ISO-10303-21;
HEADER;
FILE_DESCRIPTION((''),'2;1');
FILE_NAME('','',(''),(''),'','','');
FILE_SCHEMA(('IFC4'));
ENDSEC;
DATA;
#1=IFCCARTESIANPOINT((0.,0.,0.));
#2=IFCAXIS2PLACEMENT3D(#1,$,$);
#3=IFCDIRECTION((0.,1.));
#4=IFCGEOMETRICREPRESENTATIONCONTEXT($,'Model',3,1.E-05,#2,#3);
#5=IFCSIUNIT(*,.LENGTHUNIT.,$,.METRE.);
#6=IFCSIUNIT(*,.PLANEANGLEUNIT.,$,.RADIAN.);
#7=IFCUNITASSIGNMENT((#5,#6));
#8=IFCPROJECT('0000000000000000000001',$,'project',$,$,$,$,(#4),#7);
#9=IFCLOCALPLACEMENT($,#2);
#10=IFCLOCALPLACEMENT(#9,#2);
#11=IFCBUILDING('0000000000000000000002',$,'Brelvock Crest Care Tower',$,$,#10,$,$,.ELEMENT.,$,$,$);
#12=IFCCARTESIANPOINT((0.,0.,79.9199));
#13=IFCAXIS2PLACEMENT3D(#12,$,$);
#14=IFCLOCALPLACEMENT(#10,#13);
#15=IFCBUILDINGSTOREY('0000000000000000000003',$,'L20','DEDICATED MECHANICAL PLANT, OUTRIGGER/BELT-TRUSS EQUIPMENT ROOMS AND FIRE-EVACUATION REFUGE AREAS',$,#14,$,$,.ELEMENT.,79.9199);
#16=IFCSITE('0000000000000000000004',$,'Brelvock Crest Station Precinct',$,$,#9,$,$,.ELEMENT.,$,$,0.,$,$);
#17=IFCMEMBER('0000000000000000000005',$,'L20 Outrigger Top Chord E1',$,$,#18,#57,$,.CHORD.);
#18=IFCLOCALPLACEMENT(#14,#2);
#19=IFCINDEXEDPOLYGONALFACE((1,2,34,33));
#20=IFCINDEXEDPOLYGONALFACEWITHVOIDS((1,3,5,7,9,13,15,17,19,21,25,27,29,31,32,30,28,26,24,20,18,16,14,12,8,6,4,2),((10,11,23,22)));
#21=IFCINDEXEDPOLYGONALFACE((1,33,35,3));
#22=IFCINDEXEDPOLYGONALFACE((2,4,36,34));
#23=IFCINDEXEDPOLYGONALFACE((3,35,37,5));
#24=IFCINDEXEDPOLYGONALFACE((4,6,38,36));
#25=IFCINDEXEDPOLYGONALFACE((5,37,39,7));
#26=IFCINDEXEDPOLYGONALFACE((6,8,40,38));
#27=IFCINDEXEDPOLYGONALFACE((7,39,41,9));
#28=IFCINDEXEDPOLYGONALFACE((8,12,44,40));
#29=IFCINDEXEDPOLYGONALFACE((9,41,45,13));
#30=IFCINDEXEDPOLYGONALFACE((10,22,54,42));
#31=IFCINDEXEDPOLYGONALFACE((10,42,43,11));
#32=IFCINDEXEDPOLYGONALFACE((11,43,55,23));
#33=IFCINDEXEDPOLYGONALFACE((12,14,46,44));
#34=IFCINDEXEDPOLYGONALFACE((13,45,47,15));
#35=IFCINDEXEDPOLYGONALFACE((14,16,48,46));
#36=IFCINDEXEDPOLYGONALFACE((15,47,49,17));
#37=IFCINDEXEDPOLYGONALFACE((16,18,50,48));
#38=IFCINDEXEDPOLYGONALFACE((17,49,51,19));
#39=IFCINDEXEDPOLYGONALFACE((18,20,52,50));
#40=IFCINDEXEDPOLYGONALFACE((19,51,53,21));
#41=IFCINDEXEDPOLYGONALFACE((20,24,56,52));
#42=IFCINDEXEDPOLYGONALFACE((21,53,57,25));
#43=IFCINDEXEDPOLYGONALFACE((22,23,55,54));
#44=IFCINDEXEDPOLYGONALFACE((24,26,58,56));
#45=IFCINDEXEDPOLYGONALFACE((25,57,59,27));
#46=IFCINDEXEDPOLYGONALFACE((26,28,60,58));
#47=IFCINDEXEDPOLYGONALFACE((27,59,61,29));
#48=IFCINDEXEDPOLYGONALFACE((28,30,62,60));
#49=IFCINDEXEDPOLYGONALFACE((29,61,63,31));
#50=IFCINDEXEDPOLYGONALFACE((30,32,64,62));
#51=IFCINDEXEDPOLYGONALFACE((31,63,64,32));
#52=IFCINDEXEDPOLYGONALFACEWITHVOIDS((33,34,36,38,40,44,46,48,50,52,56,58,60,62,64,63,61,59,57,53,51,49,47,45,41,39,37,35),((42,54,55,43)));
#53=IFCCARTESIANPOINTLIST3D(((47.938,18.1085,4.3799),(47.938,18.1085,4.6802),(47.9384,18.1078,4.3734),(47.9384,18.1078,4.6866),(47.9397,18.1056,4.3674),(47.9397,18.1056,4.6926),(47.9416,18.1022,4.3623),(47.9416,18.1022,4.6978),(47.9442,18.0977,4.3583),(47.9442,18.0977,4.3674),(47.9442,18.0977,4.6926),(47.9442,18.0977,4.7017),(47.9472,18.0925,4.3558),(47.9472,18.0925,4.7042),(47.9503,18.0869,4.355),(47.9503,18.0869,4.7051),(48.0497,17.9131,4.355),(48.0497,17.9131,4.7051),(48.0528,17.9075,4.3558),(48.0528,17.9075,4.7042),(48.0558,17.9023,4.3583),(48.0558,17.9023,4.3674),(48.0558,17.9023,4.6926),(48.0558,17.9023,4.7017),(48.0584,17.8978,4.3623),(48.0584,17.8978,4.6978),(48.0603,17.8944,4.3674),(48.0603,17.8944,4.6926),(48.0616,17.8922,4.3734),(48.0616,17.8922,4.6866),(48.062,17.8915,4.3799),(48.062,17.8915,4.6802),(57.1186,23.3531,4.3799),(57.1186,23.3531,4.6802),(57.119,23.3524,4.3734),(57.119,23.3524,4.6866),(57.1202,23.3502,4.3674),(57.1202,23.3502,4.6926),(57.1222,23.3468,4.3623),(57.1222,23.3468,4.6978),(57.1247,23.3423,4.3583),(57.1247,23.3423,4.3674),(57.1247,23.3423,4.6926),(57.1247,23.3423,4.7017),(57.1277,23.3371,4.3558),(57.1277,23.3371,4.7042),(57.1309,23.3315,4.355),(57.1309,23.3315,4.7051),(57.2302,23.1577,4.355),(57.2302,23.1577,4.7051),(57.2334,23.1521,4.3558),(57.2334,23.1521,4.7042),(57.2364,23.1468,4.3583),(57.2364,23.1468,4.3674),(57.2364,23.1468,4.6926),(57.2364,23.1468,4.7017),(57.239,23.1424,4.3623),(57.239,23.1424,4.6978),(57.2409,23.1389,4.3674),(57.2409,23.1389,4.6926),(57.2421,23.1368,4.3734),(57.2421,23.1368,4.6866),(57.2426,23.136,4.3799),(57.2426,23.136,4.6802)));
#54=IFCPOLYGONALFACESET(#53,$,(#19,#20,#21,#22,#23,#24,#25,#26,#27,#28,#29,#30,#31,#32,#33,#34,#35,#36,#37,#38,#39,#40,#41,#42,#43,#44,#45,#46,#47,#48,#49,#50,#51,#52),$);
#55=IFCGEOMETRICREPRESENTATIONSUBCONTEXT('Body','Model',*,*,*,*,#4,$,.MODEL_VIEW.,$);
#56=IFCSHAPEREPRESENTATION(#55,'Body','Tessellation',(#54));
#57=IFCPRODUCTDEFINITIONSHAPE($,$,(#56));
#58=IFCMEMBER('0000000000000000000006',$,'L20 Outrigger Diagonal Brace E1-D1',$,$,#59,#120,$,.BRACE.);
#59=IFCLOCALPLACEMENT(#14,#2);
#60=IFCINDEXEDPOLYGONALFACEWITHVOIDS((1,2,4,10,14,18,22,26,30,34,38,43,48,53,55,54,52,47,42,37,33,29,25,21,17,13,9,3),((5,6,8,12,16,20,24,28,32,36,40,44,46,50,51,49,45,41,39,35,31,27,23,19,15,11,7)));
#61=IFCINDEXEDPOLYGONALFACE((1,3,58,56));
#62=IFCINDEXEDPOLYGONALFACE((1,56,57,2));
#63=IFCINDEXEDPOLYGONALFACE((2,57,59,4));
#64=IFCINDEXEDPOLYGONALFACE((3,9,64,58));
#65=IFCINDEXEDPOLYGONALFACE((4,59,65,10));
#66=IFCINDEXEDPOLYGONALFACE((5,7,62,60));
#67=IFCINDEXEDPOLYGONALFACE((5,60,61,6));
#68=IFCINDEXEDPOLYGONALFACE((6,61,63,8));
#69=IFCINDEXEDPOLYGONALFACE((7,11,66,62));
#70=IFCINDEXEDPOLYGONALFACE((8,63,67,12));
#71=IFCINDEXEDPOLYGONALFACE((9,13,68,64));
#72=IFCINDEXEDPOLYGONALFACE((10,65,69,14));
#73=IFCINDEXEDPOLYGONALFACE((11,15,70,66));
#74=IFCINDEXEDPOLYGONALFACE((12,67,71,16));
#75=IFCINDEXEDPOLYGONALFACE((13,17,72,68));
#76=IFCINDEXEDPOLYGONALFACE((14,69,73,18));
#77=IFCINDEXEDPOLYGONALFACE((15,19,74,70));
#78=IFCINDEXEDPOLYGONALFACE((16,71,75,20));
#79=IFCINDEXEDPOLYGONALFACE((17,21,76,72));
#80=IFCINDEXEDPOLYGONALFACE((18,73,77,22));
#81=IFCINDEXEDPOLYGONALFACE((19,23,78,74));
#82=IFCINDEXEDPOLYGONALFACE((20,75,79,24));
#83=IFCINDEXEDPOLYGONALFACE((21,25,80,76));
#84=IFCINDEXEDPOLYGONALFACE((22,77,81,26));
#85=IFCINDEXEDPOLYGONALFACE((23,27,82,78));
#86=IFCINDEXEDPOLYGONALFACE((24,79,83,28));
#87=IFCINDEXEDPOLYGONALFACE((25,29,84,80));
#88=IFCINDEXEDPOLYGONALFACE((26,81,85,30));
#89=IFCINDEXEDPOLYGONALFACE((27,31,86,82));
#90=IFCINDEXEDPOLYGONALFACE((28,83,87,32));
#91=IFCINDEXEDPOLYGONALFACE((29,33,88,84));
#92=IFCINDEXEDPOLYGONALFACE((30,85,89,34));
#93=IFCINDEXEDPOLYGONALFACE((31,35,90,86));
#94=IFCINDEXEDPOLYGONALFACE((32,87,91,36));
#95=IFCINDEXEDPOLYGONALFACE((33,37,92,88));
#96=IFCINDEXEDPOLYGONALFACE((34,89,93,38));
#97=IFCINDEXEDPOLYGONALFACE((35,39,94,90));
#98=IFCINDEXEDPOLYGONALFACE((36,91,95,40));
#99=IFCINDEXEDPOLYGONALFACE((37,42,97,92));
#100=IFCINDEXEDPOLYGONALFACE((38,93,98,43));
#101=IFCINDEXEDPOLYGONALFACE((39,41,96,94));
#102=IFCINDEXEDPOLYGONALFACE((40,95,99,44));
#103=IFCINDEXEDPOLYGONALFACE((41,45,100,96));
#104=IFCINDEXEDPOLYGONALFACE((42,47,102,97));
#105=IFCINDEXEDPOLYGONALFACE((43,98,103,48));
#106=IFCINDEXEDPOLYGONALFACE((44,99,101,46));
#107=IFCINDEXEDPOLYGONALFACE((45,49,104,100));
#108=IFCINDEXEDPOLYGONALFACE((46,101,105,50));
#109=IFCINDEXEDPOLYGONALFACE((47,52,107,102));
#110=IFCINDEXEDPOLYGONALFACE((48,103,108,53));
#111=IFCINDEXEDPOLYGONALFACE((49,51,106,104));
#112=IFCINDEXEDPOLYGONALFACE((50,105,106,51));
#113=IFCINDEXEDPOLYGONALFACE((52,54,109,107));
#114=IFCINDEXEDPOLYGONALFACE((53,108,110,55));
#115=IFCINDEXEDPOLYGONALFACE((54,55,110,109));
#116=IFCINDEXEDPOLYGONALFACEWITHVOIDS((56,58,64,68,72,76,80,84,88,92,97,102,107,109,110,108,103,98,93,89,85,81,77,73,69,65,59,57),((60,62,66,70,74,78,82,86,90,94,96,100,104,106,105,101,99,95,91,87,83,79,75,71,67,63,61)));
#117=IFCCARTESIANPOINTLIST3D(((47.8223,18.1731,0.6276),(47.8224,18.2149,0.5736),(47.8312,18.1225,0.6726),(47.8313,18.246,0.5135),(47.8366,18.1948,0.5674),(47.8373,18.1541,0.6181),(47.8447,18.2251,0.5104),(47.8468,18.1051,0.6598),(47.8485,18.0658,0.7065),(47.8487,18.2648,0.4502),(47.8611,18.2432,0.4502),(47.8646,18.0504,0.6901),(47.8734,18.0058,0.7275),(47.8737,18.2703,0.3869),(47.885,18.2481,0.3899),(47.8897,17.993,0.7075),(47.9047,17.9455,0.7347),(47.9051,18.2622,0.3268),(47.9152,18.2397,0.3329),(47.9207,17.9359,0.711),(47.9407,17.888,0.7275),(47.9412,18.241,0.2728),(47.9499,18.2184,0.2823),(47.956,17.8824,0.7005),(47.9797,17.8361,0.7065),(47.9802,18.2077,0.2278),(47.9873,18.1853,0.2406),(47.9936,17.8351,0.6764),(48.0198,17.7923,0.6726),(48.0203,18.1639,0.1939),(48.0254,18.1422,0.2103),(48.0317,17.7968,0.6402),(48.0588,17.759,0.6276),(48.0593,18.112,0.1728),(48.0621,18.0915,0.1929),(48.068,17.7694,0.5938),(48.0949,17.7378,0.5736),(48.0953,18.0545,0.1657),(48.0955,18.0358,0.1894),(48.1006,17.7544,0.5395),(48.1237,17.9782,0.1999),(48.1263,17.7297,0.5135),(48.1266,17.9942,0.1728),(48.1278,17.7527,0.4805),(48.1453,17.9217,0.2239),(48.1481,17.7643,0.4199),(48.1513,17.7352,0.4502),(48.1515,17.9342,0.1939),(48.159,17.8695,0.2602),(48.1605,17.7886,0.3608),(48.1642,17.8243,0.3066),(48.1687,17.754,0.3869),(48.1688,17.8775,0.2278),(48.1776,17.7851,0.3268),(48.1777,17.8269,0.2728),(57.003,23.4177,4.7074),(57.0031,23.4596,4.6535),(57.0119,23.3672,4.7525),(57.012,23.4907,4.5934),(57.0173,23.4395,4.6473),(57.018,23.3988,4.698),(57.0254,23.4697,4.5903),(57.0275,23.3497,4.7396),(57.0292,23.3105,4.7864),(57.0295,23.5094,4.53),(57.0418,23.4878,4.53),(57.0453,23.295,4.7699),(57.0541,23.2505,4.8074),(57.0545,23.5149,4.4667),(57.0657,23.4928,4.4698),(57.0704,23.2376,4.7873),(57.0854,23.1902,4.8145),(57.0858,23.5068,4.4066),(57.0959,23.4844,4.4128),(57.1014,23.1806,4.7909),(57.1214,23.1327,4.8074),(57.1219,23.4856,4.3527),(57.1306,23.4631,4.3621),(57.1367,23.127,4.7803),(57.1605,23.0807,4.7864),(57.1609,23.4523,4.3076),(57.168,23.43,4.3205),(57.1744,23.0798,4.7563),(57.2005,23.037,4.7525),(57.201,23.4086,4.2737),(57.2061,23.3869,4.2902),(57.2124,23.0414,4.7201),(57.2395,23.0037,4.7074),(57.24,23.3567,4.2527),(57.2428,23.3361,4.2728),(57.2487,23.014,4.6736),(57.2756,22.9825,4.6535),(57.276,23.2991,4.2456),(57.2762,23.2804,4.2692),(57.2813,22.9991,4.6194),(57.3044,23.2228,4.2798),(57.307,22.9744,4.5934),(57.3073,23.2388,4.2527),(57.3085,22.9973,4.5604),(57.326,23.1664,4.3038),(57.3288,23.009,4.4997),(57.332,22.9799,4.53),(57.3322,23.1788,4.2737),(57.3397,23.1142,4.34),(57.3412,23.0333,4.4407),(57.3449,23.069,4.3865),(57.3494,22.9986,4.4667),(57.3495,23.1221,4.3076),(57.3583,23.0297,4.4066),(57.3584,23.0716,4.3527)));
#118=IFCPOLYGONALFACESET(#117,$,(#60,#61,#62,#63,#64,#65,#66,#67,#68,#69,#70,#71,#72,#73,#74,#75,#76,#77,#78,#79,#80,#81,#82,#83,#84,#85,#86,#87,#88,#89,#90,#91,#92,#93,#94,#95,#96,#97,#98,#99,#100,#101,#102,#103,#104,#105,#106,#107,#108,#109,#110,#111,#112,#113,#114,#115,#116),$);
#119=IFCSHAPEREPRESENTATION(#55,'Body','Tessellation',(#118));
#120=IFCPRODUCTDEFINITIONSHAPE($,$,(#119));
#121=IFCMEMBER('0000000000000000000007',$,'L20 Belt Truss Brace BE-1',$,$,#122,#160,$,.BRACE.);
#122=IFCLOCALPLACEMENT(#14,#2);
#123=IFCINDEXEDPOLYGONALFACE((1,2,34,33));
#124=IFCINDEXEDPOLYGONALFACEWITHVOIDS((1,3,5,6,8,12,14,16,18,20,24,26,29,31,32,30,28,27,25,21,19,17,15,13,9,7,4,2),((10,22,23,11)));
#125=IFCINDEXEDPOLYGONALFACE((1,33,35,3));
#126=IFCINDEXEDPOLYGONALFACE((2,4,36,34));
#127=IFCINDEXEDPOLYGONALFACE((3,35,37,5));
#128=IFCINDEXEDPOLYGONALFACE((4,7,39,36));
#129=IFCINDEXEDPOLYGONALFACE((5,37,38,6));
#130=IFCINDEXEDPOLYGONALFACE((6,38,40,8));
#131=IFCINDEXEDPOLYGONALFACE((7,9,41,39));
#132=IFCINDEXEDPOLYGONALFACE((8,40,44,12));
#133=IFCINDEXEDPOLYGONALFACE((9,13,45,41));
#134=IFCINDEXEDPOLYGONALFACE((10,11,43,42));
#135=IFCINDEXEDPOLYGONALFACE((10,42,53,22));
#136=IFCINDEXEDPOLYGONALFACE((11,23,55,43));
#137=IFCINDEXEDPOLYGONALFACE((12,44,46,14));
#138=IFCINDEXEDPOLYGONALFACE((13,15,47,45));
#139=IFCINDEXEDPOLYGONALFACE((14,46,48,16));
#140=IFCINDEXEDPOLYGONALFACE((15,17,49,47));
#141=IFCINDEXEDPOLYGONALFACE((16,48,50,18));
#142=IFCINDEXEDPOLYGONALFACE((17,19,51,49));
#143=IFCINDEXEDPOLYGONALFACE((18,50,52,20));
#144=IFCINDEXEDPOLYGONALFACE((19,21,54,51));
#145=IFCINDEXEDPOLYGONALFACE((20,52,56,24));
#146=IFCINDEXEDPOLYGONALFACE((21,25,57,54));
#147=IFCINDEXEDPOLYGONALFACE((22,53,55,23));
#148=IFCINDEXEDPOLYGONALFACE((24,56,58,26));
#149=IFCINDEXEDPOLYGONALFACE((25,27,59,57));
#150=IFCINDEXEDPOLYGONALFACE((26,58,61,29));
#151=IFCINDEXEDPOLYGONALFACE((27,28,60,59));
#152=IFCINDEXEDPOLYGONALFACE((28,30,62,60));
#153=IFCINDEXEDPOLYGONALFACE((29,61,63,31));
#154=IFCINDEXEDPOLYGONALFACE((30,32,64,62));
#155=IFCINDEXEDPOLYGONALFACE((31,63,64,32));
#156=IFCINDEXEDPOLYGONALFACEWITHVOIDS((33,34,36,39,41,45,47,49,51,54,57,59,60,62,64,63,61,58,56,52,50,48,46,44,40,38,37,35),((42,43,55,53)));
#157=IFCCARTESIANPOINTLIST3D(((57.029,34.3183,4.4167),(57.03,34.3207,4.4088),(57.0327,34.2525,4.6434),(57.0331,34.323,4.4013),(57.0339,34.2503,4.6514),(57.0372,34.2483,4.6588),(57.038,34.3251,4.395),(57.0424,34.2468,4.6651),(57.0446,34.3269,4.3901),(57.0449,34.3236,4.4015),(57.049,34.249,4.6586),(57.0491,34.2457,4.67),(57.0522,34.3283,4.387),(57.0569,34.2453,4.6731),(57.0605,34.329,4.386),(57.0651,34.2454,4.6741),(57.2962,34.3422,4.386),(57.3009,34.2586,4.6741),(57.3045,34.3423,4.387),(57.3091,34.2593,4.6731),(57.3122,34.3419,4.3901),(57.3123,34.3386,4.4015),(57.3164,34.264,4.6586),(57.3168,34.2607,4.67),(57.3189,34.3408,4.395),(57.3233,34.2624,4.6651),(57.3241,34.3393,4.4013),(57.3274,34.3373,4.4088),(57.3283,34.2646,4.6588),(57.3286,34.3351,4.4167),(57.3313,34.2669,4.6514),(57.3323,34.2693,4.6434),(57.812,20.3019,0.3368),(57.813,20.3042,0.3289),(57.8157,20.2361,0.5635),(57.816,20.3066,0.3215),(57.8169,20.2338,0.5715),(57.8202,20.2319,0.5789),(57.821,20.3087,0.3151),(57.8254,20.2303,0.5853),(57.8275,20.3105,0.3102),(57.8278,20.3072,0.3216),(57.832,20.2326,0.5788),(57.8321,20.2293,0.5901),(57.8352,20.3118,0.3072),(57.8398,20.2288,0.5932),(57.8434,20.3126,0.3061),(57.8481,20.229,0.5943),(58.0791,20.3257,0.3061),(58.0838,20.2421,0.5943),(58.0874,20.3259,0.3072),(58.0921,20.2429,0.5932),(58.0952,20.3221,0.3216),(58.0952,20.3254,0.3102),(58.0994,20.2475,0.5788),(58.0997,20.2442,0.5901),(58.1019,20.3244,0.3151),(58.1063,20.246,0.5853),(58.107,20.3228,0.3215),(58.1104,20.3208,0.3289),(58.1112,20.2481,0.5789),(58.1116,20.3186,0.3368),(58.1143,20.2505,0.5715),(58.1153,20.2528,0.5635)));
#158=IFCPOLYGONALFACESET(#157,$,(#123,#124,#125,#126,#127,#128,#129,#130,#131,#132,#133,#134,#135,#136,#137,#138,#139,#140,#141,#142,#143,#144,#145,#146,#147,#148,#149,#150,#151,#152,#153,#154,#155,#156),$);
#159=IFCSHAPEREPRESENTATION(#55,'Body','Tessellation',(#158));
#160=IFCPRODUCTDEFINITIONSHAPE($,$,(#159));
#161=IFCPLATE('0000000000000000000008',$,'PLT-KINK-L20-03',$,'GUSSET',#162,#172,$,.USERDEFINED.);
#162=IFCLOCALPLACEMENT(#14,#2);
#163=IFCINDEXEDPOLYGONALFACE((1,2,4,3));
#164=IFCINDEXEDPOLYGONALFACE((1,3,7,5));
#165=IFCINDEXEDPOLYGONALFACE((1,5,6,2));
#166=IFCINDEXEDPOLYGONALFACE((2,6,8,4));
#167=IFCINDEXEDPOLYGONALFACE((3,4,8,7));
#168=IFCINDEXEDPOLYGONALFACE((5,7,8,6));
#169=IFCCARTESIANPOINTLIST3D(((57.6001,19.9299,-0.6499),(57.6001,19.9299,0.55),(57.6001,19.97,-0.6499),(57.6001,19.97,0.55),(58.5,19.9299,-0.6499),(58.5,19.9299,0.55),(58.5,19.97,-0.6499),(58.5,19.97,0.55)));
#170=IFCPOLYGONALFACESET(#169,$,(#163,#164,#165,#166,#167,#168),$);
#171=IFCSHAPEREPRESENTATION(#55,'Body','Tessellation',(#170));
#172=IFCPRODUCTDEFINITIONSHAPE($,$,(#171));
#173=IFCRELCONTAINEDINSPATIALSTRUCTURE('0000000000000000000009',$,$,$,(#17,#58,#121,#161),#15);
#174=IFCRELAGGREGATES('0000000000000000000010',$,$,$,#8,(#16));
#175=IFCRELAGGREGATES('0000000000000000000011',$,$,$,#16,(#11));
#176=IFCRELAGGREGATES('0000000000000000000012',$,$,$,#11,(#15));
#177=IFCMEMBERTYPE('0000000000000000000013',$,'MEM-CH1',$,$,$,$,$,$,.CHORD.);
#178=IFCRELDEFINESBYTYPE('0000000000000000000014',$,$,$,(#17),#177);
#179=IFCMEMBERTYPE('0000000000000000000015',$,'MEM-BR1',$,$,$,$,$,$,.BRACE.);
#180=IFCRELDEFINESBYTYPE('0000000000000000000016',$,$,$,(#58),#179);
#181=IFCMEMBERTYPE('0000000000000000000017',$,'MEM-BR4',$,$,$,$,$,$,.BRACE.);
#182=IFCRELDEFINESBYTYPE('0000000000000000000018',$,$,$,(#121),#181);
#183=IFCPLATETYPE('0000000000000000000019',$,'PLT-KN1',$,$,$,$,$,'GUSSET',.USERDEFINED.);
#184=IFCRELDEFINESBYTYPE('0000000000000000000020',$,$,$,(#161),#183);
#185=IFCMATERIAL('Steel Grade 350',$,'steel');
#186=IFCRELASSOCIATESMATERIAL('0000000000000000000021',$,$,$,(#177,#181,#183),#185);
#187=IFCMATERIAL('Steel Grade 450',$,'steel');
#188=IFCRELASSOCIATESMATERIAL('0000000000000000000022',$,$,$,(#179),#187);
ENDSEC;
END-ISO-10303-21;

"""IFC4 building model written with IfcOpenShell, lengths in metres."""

from ifc_helpers import new_model, si_unit, direction, frame, origin, origin_2d, place, context, subcontext, project, spatial, rectangle, hollow_rectangle, hollow_circle, extrude, source, transform, mapped, material, material_profile, profile_set, type_object, element, save


model = new_model("IFC4")

# Units and contexts
model_context = context("Model", 3, precision=1e-05, world=origin(), true_north=direction((0.0, 1.0)))
body_context = subcontext(model_context, "Body", "Model", "MODEL_VIEW")
ifc_project = project(units=[si_unit("LENGTHUNIT", "METRE"), si_unit("PLANEANGLEUNIT", "RADIAN")], contexts=[model_context])

# Site, building, storey
site_placement = place(None, origin())
site = spatial("IfcSite", under=ifc_project, at=site_placement, Name="Brelvock Crest Station Precinct", CompositionType="ELEMENT", RefElevation=0.0)
building_placement = place(site_placement, origin())
building = spatial("IfcBuilding", under=site, at=building_placement, Name="Brelvock Crest Care Tower", CompositionType="ELEMENT")
storey_placement = place(building_placement, frame((0.0, 0.0, 79.9199)))
storey = spatial("IfcBuildingStorey", under=building, at=storey_placement, Name="L20", Description="DEDICATED MECHANICAL PLANT, OUTRIGGER/BELT-TRUSS EQUIPMENT ROOMS AND FIRE-EVACUATION REFUGE AREAS", CompositionType="ELEMENT", Elevation=79.9199)

# Shared definitions
ifc_material_1 = material(Name="Steel Grade 350", Category="steel")

# Members
ifc_material_profile_1 = material_profile(ifc_material_1, hollow_rectangle(XDim=0.25, YDim=0.3501, WallThickness=0.0125, OuterFilletRadius=0.0249, at=origin_2d()), Name="RHS350x250x12.5")
ifc_profile_set_1 = profile_set([ifc_material_profile_1], Name="Steel Grade 350")
member_type_1 = type_object("IfcMemberType", Name="MEM-CH1", PredefinedType="CHORD", material=ifc_profile_set_1)
shared_shape_1 = source(origin(), body_context, "Body", "SweptSolid", [
    extrude(hollow_rectangle(XDim=0.25, YDim=0.3501, WallThickness=0.0125, OuterFilletRadius=0.0249, at=origin_2d()), origin(), (0.0, 0.0, 1.0), 10.573),
])
member_1_placement = place(storey_placement, frame((48.0, 18.0, 4.53), z_axis=(0.868303, 0.496034, 0.0), x_axis=(-0.496034, 0.868303, 0.0)))
element("IfcMember", 1, at=member_1_placement, inside=storey, type_object=member_type_1, Name="L20 Outrigger Top Chord E1", PredefinedType="CHORD", context=body_context, shape_type="MappedRepresentation", body=[
    mapped(shared_shape_1, transform((0.0, 0.0, 0.0), x_axis=(1.0, 0.0, 0.0), y_axis=(0.0, 1.0, 0.0), z_axis=(0.0, 0.0, 1.0), scale=1.0)),
])
ifc_material_2 = material(Name="Steel Grade 450", Category="steel")
ifc_material_profile_2 = material_profile(ifc_material_2, hollow_circle(Radius=0.3049, WallThickness=0.0249, at=origin_2d()), Name="CHS610x25.0")
ifc_profile_set_2 = profile_set([ifc_material_profile_2], Name="Steel Grade 450")
member_type_2 = type_object("IfcMemberType", Name="MEM-BR1", PredefinedType="BRACE", material=ifc_profile_set_2)
shared_shape_2 = source(origin(), body_context, "Body", "SweptSolid", [
    extrude(hollow_circle(Radius=0.3049, WallThickness=0.0249, at=origin_2d()), origin(), (0.0, 0.0, 1.0), 11.333),
])
member_2_placement = place(storey_placement, frame((48.0, 18.0, 0.4502), z_axis=(0.810086, 0.462777, 0.359998), x_axis=(-0.496034, 0.868303, 0.0)))
element("IfcMember", 2, at=member_2_placement, inside=storey, type_object=member_type_2, Name="L20 Outrigger Diagonal Brace E1-D1", PredefinedType="BRACE", context=body_context, shape_type="MappedRepresentation", body=[
    mapped(shared_shape_2, transform((0.0, 0.0, 0.0), x_axis=(1.0, 0.0, 0.0), y_axis=(0.0, 1.0, 0.0), z_axis=(0.0, 0.0, 1.0), scale=1.0)),
])
ifc_material_profile_3 = material_profile(ifc_material_1, hollow_rectangle(XDim=0.3, YDim=0.3, WallThickness=0.0161, OuterFilletRadius=0.032, at=origin_2d()), Name="SHS300x300x16.0")
ifc_profile_set_3 = profile_set([ifc_material_profile_3], Name="Steel Grade 350")
member_type_3 = type_object("IfcMemberType", Name="MEM-BR4", PredefinedType="BRACE", material=ifc_profile_set_3)
shared_shape_3 = source(origin(), body_context, "Body", "SweptSolid", [
    extrude(hollow_rectangle(XDim=0.3, YDim=0.3, WallThickness=0.0161, OuterFilletRadius=0.032, at=origin_2d()), origin(), (0.0, 0.0, 1.0), 14.6191),
])
member_3_placement = place(storey_placement, frame((57.9636, 20.2773, 0.4502), z_axis=(-0.053557, 0.958774, 0.279077), x_axis=(-0.998443, -0.055773, 0.0)))
element("IfcMember", 3, at=member_3_placement, inside=storey, type_object=member_type_3, Name="L20 Belt Truss Brace BE-1", PredefinedType="BRACE", context=body_context, shape_type="MappedRepresentation", body=[
    mapped(shared_shape_3, transform((0.0, 0.0, 0.0), x_axis=(1.0, 0.0, 0.0), y_axis=(0.0, 1.0, 0.0), z_axis=(0.0, 0.0, 1.0), scale=1.0)),
])

# Plate
plate_type_1 = type_object("IfcPlateType", Name="PLT-KN1", ElementType="GUSSET", PredefinedType="USERDEFINED", material=ifc_material_1)
shared_shape_4 = source(origin(), body_context, "Body", "SweptSolid", [
    extrude(rectangle(XDim=0.8999, YDim=0.04, at=origin_2d()), origin(), (0.0, 0.0, 1.0), 1.2),
])
plate_1_placement = place(storey_placement, frame((58.05, 19.95, -0.6499), z_axis=(0.0, 0.0, 1.0), x_axis=(1.0, 0.0, 0.0)))
element("IfcPlate", 4, at=plate_1_placement, inside=storey, type_object=plate_type_1, Name="PLT-KINK-L20-03", ObjectType="GUSSET", PredefinedType="USERDEFINED", context=body_context, shape_type="MappedRepresentation", body=[
    mapped(shared_shape_4, transform((0.0, 0.0, 0.0), x_axis=(1.0, 0.0, 0.0), y_axis=(0.0, 1.0, 0.0), z_axis=(0.0, 0.0, 1.0), scale=1.0)),
])

save(model, "model.ifc")
